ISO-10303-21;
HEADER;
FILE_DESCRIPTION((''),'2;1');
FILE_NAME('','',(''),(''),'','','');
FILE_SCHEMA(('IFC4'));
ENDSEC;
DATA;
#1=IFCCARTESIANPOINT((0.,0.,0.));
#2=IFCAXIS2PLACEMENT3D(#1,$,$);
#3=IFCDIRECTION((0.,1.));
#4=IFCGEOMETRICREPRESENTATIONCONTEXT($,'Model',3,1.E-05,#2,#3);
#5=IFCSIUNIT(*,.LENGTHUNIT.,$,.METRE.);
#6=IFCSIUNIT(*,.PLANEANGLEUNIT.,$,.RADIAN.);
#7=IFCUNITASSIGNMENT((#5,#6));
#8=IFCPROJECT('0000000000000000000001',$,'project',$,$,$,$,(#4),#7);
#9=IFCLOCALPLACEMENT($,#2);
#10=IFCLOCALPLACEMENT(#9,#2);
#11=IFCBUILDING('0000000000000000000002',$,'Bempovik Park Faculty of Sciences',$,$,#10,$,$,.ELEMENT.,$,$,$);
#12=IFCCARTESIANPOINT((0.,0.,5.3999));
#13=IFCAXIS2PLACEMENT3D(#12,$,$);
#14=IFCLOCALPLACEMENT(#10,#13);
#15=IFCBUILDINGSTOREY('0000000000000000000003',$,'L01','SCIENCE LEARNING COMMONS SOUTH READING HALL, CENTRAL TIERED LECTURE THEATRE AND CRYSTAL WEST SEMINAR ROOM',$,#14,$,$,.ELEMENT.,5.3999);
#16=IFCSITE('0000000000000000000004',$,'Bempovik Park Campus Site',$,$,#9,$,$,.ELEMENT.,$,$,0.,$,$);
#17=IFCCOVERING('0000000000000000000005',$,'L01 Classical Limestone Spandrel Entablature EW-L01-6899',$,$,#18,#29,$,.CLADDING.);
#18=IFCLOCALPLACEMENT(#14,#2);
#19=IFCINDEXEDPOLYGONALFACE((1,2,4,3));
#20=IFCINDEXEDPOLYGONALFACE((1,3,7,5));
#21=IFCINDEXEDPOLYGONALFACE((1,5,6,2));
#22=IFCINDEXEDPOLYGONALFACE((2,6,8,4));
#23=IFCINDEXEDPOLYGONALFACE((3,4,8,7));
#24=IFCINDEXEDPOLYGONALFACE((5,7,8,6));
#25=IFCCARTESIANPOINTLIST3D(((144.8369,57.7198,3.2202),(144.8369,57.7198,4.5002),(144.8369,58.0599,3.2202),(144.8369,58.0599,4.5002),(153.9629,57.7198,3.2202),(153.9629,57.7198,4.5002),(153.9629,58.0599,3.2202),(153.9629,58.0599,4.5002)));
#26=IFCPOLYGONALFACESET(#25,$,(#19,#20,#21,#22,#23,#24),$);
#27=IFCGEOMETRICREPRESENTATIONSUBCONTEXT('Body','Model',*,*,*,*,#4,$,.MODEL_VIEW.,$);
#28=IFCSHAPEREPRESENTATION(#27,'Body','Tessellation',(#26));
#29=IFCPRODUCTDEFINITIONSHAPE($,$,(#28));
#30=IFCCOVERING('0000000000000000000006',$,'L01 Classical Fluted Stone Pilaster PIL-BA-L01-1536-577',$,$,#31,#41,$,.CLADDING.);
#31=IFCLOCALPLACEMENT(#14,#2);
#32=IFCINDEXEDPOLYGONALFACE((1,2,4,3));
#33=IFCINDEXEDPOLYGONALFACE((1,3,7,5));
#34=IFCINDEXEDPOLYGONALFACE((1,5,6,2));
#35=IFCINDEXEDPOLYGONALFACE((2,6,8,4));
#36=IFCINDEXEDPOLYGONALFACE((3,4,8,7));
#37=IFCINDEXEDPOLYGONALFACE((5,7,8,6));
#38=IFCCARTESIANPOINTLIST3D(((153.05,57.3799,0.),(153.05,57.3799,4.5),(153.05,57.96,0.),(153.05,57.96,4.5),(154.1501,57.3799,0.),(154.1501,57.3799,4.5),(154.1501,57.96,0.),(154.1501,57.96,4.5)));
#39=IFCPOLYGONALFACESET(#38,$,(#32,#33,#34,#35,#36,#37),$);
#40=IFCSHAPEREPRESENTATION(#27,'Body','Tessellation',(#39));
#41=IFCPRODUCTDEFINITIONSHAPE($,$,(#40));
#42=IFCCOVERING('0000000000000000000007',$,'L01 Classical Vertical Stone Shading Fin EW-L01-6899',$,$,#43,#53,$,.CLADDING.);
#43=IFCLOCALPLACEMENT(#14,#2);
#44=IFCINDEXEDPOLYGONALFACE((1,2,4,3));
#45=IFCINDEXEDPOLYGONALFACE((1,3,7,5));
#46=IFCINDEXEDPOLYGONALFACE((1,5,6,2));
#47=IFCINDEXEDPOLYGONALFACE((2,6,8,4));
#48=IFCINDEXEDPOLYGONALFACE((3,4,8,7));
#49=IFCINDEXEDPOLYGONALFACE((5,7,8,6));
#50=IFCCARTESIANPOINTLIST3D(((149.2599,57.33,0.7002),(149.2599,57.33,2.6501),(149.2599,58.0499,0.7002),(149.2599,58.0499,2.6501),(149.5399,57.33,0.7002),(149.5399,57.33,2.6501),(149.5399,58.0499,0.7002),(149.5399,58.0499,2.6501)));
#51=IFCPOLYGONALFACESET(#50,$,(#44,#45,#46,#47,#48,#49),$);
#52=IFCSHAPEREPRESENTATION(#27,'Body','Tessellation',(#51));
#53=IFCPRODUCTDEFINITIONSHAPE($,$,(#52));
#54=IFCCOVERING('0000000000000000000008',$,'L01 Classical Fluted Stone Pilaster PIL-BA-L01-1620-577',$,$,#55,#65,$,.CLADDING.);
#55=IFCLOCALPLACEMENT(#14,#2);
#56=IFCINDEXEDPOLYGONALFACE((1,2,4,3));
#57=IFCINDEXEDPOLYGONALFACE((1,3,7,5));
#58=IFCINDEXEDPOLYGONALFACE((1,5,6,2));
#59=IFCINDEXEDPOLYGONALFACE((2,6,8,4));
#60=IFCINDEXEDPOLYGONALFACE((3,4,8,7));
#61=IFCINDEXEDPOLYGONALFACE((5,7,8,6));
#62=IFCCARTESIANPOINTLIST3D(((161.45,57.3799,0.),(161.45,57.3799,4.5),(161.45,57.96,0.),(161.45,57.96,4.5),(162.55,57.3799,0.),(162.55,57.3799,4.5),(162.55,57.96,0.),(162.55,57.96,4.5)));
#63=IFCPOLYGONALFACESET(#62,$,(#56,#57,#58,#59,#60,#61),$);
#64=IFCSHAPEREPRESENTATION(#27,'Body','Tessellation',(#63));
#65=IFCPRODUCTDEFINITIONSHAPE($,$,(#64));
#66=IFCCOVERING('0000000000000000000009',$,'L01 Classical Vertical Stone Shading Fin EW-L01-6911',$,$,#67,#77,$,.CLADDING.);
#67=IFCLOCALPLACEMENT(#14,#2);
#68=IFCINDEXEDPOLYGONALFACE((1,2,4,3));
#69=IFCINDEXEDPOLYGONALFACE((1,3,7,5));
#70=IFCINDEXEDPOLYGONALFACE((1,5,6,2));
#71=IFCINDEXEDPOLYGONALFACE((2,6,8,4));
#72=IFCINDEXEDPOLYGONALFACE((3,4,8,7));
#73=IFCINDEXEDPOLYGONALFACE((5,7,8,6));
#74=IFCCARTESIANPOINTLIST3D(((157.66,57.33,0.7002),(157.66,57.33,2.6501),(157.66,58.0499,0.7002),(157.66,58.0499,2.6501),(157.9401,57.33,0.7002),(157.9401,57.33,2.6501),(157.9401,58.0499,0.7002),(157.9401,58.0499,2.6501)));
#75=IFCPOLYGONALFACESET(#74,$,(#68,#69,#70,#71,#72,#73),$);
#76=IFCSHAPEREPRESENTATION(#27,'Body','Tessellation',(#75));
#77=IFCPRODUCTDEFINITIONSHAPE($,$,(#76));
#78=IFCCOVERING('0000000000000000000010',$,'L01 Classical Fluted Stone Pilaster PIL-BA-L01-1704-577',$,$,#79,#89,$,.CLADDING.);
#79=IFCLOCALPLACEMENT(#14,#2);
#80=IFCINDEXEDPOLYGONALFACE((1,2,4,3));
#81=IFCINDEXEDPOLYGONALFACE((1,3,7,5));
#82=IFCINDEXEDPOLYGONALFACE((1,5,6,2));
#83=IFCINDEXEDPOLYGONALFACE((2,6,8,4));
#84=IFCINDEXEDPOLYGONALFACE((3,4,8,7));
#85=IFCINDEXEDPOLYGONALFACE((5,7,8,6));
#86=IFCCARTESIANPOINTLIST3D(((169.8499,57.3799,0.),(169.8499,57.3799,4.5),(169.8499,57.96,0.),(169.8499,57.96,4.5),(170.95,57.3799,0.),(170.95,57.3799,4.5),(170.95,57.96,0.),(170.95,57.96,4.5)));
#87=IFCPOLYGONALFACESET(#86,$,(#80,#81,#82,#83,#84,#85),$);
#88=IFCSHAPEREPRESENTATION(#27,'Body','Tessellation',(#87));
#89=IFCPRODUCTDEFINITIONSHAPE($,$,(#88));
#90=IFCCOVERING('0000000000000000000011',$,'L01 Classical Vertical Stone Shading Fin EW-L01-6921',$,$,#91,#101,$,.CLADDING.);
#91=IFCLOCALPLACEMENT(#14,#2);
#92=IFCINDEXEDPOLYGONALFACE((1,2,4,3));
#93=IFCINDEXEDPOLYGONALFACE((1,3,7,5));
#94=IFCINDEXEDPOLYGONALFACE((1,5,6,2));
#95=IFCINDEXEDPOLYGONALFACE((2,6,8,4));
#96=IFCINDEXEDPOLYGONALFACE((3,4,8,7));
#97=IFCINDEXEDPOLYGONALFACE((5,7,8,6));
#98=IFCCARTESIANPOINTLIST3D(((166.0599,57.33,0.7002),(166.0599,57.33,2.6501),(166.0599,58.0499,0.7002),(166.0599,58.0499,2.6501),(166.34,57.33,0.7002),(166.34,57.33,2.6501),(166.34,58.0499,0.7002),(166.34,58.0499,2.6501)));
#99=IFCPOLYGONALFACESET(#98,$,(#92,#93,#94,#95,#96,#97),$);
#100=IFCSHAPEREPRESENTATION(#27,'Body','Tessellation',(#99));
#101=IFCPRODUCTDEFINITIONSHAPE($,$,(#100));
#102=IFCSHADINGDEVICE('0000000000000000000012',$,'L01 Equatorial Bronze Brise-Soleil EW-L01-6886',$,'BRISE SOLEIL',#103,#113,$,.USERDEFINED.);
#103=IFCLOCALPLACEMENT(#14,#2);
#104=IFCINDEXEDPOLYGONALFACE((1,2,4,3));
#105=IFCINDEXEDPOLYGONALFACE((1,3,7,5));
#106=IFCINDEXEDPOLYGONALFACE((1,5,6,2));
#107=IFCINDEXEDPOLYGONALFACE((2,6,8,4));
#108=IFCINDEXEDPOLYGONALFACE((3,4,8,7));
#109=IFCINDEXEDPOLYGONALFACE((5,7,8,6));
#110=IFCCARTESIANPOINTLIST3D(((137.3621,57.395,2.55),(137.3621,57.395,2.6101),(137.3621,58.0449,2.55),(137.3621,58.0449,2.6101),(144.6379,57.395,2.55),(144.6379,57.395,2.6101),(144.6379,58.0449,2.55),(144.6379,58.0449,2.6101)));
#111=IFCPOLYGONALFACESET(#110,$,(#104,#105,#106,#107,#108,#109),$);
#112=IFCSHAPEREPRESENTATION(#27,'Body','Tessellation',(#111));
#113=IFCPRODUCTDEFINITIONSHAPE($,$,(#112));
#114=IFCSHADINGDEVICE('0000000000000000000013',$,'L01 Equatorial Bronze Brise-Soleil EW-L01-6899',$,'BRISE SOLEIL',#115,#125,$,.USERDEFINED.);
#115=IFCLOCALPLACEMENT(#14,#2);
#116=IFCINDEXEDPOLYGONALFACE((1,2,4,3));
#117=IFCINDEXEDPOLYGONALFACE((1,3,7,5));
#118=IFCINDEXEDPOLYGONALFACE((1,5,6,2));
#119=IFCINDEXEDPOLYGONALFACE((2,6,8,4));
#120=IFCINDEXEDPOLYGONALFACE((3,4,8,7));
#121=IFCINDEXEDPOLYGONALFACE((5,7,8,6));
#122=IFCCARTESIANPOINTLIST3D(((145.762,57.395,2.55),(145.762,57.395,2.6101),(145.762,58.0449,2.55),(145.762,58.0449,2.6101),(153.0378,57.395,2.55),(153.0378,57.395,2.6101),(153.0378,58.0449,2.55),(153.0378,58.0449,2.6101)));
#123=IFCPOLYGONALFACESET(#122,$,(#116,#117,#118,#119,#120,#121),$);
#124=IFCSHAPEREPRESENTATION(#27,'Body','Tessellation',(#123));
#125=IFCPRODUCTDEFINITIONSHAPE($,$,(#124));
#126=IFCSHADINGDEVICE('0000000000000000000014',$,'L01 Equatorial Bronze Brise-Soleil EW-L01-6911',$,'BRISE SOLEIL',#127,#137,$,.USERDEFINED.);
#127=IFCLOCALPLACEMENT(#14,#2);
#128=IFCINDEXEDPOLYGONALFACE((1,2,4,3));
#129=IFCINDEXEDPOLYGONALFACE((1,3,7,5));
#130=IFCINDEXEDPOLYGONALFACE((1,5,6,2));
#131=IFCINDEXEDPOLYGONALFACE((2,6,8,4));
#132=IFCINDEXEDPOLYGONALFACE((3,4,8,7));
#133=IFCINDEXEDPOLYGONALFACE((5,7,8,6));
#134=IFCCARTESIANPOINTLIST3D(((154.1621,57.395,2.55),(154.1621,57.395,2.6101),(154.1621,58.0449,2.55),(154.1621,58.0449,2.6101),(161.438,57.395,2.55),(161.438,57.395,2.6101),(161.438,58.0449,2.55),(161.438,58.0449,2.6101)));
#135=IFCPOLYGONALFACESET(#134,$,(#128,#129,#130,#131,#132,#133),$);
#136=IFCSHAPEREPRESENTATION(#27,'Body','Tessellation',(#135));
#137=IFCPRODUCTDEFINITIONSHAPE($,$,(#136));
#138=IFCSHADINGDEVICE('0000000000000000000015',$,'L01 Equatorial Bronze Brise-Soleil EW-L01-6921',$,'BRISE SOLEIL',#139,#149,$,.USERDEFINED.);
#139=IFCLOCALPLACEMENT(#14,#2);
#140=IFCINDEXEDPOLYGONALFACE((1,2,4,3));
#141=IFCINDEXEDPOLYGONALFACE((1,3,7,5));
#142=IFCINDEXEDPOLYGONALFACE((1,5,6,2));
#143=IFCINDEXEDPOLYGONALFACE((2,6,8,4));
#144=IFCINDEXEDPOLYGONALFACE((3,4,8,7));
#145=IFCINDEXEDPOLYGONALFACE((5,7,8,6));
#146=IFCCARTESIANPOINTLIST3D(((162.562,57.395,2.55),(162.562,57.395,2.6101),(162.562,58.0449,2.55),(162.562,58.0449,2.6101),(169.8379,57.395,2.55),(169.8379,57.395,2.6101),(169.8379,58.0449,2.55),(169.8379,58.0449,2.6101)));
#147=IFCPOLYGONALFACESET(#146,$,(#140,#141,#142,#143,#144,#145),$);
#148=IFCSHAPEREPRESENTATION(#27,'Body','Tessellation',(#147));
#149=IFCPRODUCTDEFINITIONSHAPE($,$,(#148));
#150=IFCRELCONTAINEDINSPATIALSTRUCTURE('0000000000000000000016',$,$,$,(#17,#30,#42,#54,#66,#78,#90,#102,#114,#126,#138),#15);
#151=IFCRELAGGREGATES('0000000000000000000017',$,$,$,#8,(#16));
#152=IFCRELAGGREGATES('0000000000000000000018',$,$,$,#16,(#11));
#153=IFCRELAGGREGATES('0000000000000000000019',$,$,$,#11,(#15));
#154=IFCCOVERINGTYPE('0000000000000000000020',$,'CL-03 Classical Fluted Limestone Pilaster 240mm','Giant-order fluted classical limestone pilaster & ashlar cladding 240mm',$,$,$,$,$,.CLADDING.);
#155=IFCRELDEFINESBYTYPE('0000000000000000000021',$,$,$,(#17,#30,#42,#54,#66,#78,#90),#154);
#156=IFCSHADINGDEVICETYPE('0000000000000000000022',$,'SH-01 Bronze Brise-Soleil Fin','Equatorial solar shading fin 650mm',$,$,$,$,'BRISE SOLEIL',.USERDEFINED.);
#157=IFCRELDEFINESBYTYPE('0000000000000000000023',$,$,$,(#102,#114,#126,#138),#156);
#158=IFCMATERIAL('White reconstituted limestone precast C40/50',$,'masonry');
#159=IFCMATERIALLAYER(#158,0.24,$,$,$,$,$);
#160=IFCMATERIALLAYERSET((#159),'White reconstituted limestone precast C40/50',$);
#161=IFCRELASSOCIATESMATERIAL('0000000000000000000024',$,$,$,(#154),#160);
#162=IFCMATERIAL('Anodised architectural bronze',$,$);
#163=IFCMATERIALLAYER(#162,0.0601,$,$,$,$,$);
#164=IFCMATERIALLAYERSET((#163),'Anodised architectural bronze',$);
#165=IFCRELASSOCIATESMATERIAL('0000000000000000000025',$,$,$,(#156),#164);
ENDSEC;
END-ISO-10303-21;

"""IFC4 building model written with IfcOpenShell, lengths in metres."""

from ifc_helpers import new_model, si_unit, direction, frame, origin, origin_2d, place, context, subcontext, project, spatial, rectangle, extrude, material, layer, layer_set, type_object, element, save


model = new_model("IFC4")

# Units and contexts
model_context = context("Model", 3, precision=1e-05, world=origin(), true_north=direction((0.0, 1.0)))
body_context = subcontext(model_context, "Body", "Model", "MODEL_VIEW")
ifc_project = project(units=[si_unit("LENGTHUNIT", "METRE"), si_unit("PLANEANGLEUNIT", "RADIAN")], contexts=[model_context])

# Site, building, storey
site_placement = place(None, origin())
site = spatial("IfcSite", under=ifc_project, at=site_placement, Name="Bempovik Park Campus Site", CompositionType="ELEMENT", RefElevation=0.0)
building_placement = place(site_placement, origin())
building = spatial("IfcBuilding", under=site, at=building_placement, Name="Bempovik Park Faculty of Sciences", CompositionType="ELEMENT")
storey_placement = place(building_placement, frame((0.0, 0.0, 5.3999)))
storey = spatial("IfcBuildingStorey", under=building, at=storey_placement, Name="L01", Description="SCIENCE LEARNING COMMONS SOUTH READING HALL, CENTRAL TIERED LECTURE THEATRE AND CRYSTAL WEST SEMINAR ROOM", CompositionType="ELEMENT", Elevation=5.3999)

# Coverings
ifc_material_1 = material(Name="White reconstituted limestone precast C40/50", Category="masonry")
ifc_layer_1 = layer(ifc_material_1, 0.24)
ifc_layer_set_1 = layer_set([ifc_layer_1], Name="White reconstituted limestone precast C40/50")
covering_type_1 = type_object("IfcCoveringType", Name="CL-03 Classical Fluted Limestone Pilaster 240mm", Description="Giant-order fluted classical limestone pilaster & ashlar cladding 240mm", PredefinedType="CLADDING", material=ifc_layer_set_1)
covering_1_placement = place(storey_placement, frame((149.3999, 57.8899, 3.2202), z_axis=(0.0, 0.0, 1.0), x_axis=(1.0, 0.0, 0.0)))
element("IfcCovering", 1, at=covering_1_placement, inside=storey, type_object=covering_type_1, Name="L01 Classical Limestone Spandrel Entablature EW-L01-6899", PredefinedType="CLADDING", context=body_context, shape_type="SweptSolid", body=[
    extrude(rectangle(XDim=9.126, YDim=0.3401, at=origin_2d()), origin(), (0.0, 0.0, 1.0), 1.28),
])
covering_2_placement = place(storey_placement, frame((153.6001, 57.6699, 0.0), z_axis=(0.0, 0.0, 1.0), x_axis=(1.0, 0.0, 0.0)))
element("IfcCovering", 2, at=covering_2_placement, inside=storey, type_object=covering_type_1, Name="L01 Classical Fluted Stone Pilaster PIL-BA-L01-1536-577", PredefinedType="CLADDING", context=body_context, shape_type="SweptSolid", body=[
    extrude(rectangle(XDim=1.1001, YDim=0.5801, at=origin_2d()), origin(), (0.0, 0.0, 1.0), 4.5),
])
covering_3_placement = place(storey_placement, frame((149.3999, 57.6899, 0.7002), z_axis=(0.0, 0.0, 1.0), x_axis=(1.0, 0.0, 0.0)))
element("IfcCovering", 3, at=covering_3_placement, inside=storey, type_object=covering_type_1, Name="L01 Classical Vertical Stone Shading Fin EW-L01-6899", PredefinedType="CLADDING", context=body_context, shape_type="SweptSolid", body=[
    extrude(rectangle(XDim=0.28, YDim=0.72, at=origin_2d()), origin(), (0.0, 0.0, 1.0), 1.95),
])
covering_4_placement = place(storey_placement, frame((162.0, 57.6699, 0.0), z_axis=(0.0, 0.0, 1.0), x_axis=(1.0, 0.0, 0.0)))
element("IfcCovering", 4, at=covering_4_placement, inside=storey, type_object=covering_type_1, Name="L01 Classical Fluted Stone Pilaster PIL-BA-L01-1620-577", PredefinedType="CLADDING", context=body_context, shape_type="SweptSolid", body=[
    extrude(rectangle(XDim=1.1001, YDim=0.5801, at=origin_2d()), origin(), (0.0, 0.0, 1.0), 4.5),
])
covering_5_placement = place(storey_placement, frame((157.8, 57.6899, 0.7002), z_axis=(0.0, 0.0, 1.0), x_axis=(1.0, 0.0, 0.0)))
element("IfcCovering", 5, at=covering_5_placement, inside=storey, type_object=covering_type_1, Name="L01 Classical Vertical Stone Shading Fin EW-L01-6911", PredefinedType="CLADDING", context=body_context, shape_type="SweptSolid", body=[
    extrude(rectangle(XDim=0.28, YDim=0.72, at=origin_2d()), origin(), (0.0, 0.0, 1.0), 1.95),
])
covering_6_placement = place(storey_placement, frame((170.3999, 57.6699, 0.0), z_axis=(0.0, 0.0, 1.0), x_axis=(1.0, 0.0, 0.0)))
element("IfcCovering", 6, at=covering_6_placement, inside=storey, type_object=covering_type_1, Name="L01 Classical Fluted Stone Pilaster PIL-BA-L01-1704-577", PredefinedType="CLADDING", context=body_context, shape_type="SweptSolid", body=[
    extrude(rectangle(XDim=1.1001, YDim=0.5801, at=origin_2d()), origin(), (0.0, 0.0, 1.0), 4.5),
])
covering_7_placement = place(storey_placement, frame((166.2, 57.6899, 0.7002), z_axis=(0.0, 0.0, 1.0), x_axis=(1.0, 0.0, 0.0)))
element("IfcCovering", 7, at=covering_7_placement, inside=storey, type_object=covering_type_1, Name="L01 Classical Vertical Stone Shading Fin EW-L01-6921", PredefinedType="CLADDING", context=body_context, shape_type="SweptSolid", body=[
    extrude(rectangle(XDim=0.28, YDim=0.72, at=origin_2d()), origin(), (0.0, 0.0, 1.0), 1.95),
])

# Shading devices
ifc_material_2 = material(Name="Anodised architectural bronze")
ifc_layer_2 = layer(ifc_material_2, 0.0601)
ifc_layer_set_2 = layer_set([ifc_layer_2], Name="Anodised architectural bronze")
shading_device_type = type_object("IfcShadingDeviceType", Name="SH-01 Bronze Brise-Soleil Fin", Description="Equatorial solar shading fin 650mm", ElementType="BRISE SOLEIL", PredefinedType="USERDEFINED", material=ifc_layer_set_2)
for number, where, z_axis, x_axis, name in (
    (8, (141.0, 57.72, 2.55), (0.0, 0.0, 1.0), (1.0, 0.0, 0.0), "L01 Equatorial Bronze Brise-Soleil EW-L01-6886"),
    (9, (149.3999, 57.72, 2.55), (0.0, 0.0, 1.0), (1.0, 0.0, 0.0), "L01 Equatorial Bronze Brise-Soleil EW-L01-6899"),
    (10, (157.8, 57.72, 2.55), (0.0, 0.0, 1.0), (1.0, 0.0, 0.0), "L01 Equatorial Bronze Brise-Soleil EW-L01-6911"),
    (11, (166.2, 57.72, 2.55), (0.0, 0.0, 1.0), (1.0, 0.0, 0.0), "L01 Equatorial Bronze Brise-Soleil EW-L01-6921"),
):
    element("IfcShadingDevice", number, at=place(storey_placement, frame(where, z_axis=z_axis, x_axis=x_axis)), inside=storey, type_object=shading_device_type, Name=name, ObjectType="BRISE SOLEIL", PredefinedType="USERDEFINED", context=body_context, shape_type="SweptSolid", body=[
        extrude(rectangle(XDim=7.2759, YDim=0.6499, at=origin_2d()), origin(), (0.0, 0.0, 1.0), 0.0601),
    ])

save(model, "model.ifc")
